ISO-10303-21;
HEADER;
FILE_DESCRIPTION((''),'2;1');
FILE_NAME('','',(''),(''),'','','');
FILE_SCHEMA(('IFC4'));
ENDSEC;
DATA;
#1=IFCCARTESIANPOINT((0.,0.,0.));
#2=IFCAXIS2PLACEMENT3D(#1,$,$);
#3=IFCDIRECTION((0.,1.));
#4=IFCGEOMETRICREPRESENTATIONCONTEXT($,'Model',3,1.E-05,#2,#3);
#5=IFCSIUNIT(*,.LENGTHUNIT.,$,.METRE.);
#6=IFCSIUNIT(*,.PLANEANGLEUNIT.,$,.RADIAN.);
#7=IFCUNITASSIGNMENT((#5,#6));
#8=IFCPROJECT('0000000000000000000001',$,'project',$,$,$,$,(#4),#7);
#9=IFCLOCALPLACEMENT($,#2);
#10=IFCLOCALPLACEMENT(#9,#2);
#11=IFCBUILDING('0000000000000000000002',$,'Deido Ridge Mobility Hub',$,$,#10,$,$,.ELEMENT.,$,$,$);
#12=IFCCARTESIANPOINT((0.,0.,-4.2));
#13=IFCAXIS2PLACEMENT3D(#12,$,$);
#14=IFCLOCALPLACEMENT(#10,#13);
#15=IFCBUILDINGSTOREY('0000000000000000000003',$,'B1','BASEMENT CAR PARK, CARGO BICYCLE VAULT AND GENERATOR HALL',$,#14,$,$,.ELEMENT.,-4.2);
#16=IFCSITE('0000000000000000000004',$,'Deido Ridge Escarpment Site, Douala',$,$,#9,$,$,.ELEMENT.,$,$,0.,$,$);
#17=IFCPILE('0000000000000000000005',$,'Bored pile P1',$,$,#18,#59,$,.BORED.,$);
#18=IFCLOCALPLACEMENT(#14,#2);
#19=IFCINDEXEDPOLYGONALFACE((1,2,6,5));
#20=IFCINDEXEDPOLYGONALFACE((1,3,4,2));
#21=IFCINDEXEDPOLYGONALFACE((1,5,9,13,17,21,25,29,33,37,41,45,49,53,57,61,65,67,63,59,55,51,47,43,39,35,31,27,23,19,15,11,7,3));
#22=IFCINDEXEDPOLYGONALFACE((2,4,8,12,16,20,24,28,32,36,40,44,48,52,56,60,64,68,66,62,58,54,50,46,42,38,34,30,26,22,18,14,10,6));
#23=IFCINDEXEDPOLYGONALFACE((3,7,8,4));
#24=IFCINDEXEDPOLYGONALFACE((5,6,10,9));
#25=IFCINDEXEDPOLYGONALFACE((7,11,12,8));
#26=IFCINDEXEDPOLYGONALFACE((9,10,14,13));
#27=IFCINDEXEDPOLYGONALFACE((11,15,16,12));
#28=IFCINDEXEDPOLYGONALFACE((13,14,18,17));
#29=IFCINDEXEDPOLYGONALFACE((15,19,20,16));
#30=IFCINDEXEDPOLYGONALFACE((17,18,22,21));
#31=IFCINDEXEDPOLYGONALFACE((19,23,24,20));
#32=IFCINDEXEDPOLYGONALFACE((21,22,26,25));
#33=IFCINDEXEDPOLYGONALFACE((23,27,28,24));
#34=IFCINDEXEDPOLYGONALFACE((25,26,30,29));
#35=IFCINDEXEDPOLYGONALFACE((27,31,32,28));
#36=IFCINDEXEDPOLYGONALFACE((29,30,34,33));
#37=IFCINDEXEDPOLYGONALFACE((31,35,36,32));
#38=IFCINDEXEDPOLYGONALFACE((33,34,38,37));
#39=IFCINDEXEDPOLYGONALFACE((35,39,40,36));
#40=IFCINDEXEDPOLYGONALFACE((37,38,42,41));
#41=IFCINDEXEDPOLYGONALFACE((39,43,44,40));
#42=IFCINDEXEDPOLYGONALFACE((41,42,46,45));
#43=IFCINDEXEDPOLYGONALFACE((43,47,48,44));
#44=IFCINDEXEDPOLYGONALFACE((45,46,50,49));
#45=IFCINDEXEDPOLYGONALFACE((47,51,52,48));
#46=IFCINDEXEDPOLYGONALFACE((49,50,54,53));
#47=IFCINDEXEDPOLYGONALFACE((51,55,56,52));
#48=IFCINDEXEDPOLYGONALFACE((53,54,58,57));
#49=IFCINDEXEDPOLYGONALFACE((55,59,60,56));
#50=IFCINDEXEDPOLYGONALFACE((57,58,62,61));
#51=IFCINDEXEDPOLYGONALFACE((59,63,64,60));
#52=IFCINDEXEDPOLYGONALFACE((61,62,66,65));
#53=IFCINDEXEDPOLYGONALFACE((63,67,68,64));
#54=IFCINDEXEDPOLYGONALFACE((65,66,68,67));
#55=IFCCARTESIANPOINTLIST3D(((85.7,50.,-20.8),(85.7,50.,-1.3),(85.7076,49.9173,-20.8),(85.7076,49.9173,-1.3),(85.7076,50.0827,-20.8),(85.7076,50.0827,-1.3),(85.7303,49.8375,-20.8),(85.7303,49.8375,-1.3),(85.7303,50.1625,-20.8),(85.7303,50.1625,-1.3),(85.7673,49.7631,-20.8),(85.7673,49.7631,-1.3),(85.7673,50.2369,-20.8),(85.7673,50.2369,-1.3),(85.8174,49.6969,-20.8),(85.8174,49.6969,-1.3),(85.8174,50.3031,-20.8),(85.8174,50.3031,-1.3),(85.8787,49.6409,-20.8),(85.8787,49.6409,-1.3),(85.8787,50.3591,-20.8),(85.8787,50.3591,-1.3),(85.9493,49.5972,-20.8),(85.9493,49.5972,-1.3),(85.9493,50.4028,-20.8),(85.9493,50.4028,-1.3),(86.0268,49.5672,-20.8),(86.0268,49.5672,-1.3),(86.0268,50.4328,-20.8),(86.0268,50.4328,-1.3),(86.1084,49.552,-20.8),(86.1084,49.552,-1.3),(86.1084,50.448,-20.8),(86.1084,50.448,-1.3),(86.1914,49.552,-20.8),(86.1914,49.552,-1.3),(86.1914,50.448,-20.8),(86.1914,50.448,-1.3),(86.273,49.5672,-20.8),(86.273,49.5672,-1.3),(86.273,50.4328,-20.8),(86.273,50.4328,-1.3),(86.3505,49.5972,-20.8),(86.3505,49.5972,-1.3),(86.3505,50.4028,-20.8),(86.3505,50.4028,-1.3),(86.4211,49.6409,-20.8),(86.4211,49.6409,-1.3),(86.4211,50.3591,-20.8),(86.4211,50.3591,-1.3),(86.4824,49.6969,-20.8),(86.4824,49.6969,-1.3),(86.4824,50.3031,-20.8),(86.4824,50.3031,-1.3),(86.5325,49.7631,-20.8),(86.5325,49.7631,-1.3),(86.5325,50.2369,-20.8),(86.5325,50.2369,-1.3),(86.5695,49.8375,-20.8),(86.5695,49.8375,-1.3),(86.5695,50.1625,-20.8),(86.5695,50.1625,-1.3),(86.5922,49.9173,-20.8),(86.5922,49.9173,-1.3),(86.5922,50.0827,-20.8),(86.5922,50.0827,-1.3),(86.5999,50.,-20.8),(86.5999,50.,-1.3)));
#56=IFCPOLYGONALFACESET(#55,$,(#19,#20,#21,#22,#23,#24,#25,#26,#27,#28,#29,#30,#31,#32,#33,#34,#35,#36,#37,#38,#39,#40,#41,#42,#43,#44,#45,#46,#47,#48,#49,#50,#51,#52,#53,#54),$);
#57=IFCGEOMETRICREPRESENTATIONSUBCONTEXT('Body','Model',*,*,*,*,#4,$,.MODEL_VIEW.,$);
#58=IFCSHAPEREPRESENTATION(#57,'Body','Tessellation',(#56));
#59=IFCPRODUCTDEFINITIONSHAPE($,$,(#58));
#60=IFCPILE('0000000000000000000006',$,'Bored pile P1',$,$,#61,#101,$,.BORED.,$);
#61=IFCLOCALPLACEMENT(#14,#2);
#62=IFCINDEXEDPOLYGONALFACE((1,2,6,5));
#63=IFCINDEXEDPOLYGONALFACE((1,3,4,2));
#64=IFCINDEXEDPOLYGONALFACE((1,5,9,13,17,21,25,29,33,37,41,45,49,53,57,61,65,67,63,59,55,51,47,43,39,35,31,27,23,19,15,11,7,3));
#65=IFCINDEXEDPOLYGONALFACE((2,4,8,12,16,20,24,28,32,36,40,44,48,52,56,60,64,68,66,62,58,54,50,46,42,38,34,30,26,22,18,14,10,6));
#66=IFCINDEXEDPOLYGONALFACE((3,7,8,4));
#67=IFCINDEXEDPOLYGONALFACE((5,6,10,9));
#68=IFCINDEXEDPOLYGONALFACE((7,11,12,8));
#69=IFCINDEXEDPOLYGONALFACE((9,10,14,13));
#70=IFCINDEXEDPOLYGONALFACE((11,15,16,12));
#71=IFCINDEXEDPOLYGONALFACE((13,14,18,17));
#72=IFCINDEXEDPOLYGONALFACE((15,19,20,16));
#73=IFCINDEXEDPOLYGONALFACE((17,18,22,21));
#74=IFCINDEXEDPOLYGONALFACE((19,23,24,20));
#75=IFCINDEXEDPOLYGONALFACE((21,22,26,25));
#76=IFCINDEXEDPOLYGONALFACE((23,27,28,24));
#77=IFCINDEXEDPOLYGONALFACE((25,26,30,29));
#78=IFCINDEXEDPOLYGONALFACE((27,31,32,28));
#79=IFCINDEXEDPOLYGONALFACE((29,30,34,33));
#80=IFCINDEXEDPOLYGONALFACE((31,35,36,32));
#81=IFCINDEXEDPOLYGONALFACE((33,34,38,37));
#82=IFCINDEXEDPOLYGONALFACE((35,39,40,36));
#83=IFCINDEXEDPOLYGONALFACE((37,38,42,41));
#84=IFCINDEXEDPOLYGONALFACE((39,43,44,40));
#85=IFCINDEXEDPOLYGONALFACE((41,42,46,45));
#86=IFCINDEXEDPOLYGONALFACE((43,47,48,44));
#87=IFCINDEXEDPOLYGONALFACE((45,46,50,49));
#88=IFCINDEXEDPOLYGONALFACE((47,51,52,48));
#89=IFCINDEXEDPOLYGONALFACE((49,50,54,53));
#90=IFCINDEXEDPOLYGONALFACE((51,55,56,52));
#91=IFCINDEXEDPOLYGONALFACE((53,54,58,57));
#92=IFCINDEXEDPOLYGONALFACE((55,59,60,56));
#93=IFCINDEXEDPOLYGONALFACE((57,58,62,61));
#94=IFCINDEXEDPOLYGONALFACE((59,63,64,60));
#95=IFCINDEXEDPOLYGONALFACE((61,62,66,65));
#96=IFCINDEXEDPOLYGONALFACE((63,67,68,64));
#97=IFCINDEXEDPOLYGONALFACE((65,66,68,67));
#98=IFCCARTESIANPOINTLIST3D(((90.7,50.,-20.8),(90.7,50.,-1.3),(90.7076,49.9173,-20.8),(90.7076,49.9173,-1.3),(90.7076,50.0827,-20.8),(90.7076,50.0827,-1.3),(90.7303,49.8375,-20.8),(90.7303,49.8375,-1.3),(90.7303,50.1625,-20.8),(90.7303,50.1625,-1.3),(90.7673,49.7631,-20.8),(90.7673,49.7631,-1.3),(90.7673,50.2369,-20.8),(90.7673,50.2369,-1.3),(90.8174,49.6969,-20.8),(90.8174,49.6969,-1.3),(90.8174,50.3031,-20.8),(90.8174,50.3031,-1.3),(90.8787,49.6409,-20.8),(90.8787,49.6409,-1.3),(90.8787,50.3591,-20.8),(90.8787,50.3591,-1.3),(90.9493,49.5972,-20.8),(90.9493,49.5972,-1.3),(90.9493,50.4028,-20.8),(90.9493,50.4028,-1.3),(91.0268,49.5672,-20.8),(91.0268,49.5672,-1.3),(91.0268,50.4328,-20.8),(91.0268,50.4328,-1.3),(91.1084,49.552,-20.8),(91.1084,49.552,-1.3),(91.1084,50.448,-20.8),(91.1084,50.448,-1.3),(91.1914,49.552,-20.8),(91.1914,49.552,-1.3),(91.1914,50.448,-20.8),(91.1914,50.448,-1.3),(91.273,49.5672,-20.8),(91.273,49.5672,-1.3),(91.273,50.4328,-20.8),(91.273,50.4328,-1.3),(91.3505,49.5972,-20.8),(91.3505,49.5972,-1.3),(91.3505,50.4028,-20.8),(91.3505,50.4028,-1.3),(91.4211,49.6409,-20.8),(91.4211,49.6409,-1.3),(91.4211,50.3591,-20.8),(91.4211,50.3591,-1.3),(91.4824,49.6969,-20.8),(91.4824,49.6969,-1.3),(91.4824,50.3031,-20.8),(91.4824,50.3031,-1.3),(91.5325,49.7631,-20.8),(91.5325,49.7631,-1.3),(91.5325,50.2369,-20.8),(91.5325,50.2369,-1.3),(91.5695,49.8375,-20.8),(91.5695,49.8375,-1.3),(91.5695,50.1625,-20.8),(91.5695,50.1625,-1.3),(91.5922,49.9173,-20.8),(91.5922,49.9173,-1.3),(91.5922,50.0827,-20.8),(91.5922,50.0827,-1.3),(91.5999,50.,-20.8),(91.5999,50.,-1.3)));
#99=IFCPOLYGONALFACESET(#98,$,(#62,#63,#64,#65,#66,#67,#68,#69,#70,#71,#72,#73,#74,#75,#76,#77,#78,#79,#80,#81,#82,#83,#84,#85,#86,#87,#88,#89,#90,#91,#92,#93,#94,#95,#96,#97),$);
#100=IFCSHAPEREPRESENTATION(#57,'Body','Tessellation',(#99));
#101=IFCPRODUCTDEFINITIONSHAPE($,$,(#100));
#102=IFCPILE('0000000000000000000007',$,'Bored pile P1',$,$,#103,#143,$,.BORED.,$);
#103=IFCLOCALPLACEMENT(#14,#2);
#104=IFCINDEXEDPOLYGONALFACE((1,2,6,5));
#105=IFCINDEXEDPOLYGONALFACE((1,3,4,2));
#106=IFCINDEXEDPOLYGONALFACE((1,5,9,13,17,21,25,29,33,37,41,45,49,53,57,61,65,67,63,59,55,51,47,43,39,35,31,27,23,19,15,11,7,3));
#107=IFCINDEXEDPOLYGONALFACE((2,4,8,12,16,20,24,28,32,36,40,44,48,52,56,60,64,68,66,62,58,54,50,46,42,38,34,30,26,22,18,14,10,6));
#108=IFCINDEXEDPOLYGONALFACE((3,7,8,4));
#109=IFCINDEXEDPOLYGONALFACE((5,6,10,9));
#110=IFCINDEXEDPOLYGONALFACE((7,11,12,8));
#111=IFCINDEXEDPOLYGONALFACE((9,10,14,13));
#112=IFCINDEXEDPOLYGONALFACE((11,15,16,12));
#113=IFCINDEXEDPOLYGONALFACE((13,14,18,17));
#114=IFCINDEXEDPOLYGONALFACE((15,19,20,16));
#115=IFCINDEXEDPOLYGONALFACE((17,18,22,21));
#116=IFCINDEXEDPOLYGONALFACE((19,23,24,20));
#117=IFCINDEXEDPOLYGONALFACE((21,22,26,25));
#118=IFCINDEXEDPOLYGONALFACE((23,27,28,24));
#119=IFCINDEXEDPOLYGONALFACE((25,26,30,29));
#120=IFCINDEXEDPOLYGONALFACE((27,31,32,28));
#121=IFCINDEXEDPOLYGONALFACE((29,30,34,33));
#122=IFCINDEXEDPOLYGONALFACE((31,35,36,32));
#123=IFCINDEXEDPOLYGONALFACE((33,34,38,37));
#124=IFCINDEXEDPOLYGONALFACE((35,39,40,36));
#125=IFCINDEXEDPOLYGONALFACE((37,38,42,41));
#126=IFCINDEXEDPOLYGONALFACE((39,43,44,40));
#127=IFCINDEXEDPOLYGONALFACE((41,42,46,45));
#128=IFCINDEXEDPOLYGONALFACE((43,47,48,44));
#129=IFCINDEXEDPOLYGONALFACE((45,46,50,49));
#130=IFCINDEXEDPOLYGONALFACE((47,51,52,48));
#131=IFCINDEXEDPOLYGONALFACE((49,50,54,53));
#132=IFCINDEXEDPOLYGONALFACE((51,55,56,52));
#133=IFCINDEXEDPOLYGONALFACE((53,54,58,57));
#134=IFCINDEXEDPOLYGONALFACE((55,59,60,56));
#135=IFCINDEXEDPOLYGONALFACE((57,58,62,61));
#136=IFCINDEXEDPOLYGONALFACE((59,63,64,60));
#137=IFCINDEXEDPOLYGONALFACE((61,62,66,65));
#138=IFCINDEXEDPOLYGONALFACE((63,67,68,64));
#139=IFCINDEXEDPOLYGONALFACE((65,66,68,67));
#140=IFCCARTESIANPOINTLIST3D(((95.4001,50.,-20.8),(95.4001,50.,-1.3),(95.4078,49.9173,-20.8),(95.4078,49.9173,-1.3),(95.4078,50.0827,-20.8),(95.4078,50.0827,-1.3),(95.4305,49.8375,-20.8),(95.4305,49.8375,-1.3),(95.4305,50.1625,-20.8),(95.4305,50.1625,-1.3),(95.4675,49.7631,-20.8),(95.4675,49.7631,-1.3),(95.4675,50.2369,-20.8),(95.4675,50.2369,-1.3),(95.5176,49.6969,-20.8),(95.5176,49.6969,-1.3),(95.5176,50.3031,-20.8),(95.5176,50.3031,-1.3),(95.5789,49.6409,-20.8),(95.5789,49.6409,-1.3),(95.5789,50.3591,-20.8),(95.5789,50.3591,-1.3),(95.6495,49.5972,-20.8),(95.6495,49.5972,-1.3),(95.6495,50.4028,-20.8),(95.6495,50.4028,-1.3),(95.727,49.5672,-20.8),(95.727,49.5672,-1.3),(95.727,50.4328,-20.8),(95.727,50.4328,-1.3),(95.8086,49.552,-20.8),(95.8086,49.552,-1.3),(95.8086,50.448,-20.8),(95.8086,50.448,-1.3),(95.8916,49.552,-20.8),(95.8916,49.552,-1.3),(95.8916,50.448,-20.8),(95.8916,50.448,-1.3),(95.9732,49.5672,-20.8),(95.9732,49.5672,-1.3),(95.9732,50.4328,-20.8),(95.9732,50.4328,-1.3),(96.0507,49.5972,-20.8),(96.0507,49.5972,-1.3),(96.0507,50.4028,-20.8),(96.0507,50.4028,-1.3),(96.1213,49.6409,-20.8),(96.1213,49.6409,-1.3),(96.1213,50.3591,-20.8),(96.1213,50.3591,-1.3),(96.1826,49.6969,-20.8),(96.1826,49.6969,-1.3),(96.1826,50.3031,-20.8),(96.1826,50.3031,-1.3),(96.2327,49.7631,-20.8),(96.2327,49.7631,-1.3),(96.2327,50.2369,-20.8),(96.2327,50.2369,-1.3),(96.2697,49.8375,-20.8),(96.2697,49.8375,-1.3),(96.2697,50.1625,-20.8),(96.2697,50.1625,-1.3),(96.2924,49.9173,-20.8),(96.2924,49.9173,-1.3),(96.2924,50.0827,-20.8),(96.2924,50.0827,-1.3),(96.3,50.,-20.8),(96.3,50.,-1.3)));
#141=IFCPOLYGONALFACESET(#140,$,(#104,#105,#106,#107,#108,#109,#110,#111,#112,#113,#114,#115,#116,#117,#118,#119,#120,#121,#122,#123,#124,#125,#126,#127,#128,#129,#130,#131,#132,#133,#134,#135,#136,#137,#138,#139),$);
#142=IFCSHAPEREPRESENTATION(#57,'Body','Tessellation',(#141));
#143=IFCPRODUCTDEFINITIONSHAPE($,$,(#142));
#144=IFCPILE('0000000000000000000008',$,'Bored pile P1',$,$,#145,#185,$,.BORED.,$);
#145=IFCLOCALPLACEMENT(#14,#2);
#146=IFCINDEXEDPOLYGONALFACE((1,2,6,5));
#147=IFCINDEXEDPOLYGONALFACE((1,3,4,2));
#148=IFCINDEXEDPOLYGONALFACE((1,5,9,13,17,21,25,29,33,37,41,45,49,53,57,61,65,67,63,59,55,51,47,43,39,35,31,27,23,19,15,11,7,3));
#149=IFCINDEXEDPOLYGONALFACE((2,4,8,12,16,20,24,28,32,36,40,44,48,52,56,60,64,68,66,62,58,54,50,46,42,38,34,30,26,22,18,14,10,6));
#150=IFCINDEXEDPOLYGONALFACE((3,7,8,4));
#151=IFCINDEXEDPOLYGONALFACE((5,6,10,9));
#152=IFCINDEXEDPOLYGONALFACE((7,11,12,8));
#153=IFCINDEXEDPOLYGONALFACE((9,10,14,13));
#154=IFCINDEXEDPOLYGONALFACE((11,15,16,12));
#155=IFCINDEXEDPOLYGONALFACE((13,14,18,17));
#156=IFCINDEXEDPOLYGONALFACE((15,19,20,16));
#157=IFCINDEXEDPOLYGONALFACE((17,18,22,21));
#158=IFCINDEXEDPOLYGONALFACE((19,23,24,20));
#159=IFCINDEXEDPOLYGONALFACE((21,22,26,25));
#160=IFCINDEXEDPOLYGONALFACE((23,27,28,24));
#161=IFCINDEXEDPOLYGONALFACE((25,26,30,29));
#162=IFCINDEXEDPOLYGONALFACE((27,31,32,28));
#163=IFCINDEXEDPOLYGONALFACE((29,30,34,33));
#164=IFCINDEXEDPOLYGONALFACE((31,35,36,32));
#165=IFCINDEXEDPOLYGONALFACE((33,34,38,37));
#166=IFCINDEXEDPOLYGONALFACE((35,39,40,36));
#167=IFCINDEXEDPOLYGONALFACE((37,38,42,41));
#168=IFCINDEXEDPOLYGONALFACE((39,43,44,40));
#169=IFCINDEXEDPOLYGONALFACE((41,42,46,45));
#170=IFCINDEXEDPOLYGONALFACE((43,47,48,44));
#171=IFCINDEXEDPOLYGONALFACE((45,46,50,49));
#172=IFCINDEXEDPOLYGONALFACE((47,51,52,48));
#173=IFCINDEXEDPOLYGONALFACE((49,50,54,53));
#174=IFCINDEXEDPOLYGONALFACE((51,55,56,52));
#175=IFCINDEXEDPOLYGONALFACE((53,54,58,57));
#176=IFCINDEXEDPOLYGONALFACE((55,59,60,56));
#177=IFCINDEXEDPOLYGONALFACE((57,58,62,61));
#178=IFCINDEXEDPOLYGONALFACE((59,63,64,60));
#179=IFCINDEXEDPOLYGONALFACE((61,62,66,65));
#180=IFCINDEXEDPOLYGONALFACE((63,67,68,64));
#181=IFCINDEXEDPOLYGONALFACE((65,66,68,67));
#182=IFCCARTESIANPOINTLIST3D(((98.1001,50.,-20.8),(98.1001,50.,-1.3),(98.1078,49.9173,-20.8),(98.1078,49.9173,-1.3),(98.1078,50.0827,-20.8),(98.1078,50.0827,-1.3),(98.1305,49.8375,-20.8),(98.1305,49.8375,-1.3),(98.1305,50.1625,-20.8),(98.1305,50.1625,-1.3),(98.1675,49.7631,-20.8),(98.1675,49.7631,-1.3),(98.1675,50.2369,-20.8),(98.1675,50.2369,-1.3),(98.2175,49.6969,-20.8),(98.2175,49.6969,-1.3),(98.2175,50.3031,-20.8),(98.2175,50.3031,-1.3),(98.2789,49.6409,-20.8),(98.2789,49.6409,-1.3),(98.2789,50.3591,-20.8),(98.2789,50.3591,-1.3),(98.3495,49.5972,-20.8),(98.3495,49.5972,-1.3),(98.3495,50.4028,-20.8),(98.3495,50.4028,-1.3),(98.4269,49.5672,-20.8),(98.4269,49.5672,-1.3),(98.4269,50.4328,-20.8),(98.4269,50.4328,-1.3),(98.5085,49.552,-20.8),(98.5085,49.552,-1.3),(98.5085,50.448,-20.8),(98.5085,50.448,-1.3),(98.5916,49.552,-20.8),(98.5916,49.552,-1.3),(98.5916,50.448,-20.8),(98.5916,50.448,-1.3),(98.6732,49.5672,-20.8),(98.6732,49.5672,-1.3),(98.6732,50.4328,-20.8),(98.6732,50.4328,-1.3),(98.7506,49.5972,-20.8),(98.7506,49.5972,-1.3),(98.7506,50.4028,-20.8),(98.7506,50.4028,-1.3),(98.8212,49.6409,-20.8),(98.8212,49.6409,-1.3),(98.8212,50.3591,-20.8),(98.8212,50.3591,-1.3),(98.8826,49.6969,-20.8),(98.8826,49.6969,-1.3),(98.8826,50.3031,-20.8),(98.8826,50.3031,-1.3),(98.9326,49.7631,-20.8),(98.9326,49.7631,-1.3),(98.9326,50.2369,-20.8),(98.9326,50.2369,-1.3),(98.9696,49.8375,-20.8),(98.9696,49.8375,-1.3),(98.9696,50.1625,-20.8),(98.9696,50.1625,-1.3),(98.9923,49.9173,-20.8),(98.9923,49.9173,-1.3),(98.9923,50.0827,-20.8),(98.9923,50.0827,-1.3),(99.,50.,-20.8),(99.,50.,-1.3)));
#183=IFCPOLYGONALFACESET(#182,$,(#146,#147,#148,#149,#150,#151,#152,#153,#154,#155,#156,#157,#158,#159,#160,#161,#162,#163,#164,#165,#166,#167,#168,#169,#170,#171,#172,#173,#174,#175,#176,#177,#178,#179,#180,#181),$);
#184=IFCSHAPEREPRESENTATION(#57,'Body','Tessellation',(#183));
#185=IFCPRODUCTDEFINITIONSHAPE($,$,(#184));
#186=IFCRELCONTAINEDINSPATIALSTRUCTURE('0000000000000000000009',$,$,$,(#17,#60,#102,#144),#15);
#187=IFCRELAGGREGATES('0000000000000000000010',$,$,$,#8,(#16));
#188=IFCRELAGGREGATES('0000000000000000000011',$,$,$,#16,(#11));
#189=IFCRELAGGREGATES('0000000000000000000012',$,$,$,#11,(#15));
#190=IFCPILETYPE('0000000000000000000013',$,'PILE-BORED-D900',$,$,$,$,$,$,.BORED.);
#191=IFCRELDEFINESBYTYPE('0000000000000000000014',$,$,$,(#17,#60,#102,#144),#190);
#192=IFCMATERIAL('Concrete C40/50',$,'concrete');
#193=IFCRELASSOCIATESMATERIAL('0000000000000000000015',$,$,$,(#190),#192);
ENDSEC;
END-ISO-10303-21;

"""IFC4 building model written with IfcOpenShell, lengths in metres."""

from ifc_helpers import new_model, si_unit, direction, frame, origin, origin_2d, place, context, subcontext, project, spatial, circle, extrude, material, material_profile, profile_set, type_object, element, save


model = new_model("IFC4")

# Units and contexts
model_context = context("Model", 3, precision=1e-05, world=origin(), true_north=direction((0.0, 1.0)))
body_context = subcontext(model_context, "Body", "Model", "MODEL_VIEW")
ifc_project = project(units=[si_unit("LENGTHUNIT", "METRE"), si_unit("PLANEANGLEUNIT", "RADIAN")], contexts=[model_context])

# Site, building, storey
site_placement = place(None, origin())
site = spatial("IfcSite", under=ifc_project, at=site_placement, Name="Deido Ridge Escarpment Site, Douala", CompositionType="ELEMENT", RefElevation=0.0)
building_placement = place(site_placement, origin())
building = spatial("IfcBuilding", under=site, at=building_placement, Name="Deido Ridge Mobility Hub", CompositionType="ELEMENT")
storey_placement = place(building_placement, frame((0.0, 0.0, -4.2)))
storey = spatial("IfcBuildingStorey", under=building, at=storey_placement, Name="B1", Description="BASEMENT CAR PARK, CARGO BICYCLE VAULT AND GENERATOR HALL", CompositionType="ELEMENT", Elevation=-4.2)

# Shared definitions
ifc_material_1 = material(Name="Concrete C40/50", Category="concrete")

# Piles
ifc_material_profile_1 = material_profile(ifc_material_1, circle(Radius=0.45, at=origin_2d()), Name="BORED PILE D900")
ifc_profile_set_1 = profile_set([ifc_material_profile_1], Name="Concrete C40/50")
pile_type = type_object("IfcPileType", Name="PILE-BORED-D900", PredefinedType="BORED", material=ifc_profile_set_1)
for number, where, z_axis, x_axis, name in (
    (1, (86.1499, 50.0, -1.3), (0.0, 0.0, -1.0), (1.0, 0.0, 0.0), "Bored pile P1"),
    (2, (91.1499, 50.0, -1.3), (0.0, 0.0, -1.0), (1.0, 0.0, 0.0), "Bored pile P1"),
    (3, (95.8501, 50.0, -1.3), (0.0, 0.0, -1.0), (1.0, 0.0, 0.0), "Bored pile P1"),
    (4, (98.55, 50.0, -1.3), (0.0, 0.0, -1.0), (1.0, 0.0, 0.0), "Bored pile P1"),
):
    element("IfcPile", number, at=place(storey_placement, frame(where, z_axis=z_axis, x_axis=x_axis)), inside=storey, type_object=pile_type, Name=name, PredefinedType="BORED", context=body_context, shape_type="SweptSolid", body=[
        extrude(circle(Radius=0.45, at=origin_2d()), origin(), (0.0, 0.0, 1.0), 19.5),
    ])

save(model, "model.ifc")
